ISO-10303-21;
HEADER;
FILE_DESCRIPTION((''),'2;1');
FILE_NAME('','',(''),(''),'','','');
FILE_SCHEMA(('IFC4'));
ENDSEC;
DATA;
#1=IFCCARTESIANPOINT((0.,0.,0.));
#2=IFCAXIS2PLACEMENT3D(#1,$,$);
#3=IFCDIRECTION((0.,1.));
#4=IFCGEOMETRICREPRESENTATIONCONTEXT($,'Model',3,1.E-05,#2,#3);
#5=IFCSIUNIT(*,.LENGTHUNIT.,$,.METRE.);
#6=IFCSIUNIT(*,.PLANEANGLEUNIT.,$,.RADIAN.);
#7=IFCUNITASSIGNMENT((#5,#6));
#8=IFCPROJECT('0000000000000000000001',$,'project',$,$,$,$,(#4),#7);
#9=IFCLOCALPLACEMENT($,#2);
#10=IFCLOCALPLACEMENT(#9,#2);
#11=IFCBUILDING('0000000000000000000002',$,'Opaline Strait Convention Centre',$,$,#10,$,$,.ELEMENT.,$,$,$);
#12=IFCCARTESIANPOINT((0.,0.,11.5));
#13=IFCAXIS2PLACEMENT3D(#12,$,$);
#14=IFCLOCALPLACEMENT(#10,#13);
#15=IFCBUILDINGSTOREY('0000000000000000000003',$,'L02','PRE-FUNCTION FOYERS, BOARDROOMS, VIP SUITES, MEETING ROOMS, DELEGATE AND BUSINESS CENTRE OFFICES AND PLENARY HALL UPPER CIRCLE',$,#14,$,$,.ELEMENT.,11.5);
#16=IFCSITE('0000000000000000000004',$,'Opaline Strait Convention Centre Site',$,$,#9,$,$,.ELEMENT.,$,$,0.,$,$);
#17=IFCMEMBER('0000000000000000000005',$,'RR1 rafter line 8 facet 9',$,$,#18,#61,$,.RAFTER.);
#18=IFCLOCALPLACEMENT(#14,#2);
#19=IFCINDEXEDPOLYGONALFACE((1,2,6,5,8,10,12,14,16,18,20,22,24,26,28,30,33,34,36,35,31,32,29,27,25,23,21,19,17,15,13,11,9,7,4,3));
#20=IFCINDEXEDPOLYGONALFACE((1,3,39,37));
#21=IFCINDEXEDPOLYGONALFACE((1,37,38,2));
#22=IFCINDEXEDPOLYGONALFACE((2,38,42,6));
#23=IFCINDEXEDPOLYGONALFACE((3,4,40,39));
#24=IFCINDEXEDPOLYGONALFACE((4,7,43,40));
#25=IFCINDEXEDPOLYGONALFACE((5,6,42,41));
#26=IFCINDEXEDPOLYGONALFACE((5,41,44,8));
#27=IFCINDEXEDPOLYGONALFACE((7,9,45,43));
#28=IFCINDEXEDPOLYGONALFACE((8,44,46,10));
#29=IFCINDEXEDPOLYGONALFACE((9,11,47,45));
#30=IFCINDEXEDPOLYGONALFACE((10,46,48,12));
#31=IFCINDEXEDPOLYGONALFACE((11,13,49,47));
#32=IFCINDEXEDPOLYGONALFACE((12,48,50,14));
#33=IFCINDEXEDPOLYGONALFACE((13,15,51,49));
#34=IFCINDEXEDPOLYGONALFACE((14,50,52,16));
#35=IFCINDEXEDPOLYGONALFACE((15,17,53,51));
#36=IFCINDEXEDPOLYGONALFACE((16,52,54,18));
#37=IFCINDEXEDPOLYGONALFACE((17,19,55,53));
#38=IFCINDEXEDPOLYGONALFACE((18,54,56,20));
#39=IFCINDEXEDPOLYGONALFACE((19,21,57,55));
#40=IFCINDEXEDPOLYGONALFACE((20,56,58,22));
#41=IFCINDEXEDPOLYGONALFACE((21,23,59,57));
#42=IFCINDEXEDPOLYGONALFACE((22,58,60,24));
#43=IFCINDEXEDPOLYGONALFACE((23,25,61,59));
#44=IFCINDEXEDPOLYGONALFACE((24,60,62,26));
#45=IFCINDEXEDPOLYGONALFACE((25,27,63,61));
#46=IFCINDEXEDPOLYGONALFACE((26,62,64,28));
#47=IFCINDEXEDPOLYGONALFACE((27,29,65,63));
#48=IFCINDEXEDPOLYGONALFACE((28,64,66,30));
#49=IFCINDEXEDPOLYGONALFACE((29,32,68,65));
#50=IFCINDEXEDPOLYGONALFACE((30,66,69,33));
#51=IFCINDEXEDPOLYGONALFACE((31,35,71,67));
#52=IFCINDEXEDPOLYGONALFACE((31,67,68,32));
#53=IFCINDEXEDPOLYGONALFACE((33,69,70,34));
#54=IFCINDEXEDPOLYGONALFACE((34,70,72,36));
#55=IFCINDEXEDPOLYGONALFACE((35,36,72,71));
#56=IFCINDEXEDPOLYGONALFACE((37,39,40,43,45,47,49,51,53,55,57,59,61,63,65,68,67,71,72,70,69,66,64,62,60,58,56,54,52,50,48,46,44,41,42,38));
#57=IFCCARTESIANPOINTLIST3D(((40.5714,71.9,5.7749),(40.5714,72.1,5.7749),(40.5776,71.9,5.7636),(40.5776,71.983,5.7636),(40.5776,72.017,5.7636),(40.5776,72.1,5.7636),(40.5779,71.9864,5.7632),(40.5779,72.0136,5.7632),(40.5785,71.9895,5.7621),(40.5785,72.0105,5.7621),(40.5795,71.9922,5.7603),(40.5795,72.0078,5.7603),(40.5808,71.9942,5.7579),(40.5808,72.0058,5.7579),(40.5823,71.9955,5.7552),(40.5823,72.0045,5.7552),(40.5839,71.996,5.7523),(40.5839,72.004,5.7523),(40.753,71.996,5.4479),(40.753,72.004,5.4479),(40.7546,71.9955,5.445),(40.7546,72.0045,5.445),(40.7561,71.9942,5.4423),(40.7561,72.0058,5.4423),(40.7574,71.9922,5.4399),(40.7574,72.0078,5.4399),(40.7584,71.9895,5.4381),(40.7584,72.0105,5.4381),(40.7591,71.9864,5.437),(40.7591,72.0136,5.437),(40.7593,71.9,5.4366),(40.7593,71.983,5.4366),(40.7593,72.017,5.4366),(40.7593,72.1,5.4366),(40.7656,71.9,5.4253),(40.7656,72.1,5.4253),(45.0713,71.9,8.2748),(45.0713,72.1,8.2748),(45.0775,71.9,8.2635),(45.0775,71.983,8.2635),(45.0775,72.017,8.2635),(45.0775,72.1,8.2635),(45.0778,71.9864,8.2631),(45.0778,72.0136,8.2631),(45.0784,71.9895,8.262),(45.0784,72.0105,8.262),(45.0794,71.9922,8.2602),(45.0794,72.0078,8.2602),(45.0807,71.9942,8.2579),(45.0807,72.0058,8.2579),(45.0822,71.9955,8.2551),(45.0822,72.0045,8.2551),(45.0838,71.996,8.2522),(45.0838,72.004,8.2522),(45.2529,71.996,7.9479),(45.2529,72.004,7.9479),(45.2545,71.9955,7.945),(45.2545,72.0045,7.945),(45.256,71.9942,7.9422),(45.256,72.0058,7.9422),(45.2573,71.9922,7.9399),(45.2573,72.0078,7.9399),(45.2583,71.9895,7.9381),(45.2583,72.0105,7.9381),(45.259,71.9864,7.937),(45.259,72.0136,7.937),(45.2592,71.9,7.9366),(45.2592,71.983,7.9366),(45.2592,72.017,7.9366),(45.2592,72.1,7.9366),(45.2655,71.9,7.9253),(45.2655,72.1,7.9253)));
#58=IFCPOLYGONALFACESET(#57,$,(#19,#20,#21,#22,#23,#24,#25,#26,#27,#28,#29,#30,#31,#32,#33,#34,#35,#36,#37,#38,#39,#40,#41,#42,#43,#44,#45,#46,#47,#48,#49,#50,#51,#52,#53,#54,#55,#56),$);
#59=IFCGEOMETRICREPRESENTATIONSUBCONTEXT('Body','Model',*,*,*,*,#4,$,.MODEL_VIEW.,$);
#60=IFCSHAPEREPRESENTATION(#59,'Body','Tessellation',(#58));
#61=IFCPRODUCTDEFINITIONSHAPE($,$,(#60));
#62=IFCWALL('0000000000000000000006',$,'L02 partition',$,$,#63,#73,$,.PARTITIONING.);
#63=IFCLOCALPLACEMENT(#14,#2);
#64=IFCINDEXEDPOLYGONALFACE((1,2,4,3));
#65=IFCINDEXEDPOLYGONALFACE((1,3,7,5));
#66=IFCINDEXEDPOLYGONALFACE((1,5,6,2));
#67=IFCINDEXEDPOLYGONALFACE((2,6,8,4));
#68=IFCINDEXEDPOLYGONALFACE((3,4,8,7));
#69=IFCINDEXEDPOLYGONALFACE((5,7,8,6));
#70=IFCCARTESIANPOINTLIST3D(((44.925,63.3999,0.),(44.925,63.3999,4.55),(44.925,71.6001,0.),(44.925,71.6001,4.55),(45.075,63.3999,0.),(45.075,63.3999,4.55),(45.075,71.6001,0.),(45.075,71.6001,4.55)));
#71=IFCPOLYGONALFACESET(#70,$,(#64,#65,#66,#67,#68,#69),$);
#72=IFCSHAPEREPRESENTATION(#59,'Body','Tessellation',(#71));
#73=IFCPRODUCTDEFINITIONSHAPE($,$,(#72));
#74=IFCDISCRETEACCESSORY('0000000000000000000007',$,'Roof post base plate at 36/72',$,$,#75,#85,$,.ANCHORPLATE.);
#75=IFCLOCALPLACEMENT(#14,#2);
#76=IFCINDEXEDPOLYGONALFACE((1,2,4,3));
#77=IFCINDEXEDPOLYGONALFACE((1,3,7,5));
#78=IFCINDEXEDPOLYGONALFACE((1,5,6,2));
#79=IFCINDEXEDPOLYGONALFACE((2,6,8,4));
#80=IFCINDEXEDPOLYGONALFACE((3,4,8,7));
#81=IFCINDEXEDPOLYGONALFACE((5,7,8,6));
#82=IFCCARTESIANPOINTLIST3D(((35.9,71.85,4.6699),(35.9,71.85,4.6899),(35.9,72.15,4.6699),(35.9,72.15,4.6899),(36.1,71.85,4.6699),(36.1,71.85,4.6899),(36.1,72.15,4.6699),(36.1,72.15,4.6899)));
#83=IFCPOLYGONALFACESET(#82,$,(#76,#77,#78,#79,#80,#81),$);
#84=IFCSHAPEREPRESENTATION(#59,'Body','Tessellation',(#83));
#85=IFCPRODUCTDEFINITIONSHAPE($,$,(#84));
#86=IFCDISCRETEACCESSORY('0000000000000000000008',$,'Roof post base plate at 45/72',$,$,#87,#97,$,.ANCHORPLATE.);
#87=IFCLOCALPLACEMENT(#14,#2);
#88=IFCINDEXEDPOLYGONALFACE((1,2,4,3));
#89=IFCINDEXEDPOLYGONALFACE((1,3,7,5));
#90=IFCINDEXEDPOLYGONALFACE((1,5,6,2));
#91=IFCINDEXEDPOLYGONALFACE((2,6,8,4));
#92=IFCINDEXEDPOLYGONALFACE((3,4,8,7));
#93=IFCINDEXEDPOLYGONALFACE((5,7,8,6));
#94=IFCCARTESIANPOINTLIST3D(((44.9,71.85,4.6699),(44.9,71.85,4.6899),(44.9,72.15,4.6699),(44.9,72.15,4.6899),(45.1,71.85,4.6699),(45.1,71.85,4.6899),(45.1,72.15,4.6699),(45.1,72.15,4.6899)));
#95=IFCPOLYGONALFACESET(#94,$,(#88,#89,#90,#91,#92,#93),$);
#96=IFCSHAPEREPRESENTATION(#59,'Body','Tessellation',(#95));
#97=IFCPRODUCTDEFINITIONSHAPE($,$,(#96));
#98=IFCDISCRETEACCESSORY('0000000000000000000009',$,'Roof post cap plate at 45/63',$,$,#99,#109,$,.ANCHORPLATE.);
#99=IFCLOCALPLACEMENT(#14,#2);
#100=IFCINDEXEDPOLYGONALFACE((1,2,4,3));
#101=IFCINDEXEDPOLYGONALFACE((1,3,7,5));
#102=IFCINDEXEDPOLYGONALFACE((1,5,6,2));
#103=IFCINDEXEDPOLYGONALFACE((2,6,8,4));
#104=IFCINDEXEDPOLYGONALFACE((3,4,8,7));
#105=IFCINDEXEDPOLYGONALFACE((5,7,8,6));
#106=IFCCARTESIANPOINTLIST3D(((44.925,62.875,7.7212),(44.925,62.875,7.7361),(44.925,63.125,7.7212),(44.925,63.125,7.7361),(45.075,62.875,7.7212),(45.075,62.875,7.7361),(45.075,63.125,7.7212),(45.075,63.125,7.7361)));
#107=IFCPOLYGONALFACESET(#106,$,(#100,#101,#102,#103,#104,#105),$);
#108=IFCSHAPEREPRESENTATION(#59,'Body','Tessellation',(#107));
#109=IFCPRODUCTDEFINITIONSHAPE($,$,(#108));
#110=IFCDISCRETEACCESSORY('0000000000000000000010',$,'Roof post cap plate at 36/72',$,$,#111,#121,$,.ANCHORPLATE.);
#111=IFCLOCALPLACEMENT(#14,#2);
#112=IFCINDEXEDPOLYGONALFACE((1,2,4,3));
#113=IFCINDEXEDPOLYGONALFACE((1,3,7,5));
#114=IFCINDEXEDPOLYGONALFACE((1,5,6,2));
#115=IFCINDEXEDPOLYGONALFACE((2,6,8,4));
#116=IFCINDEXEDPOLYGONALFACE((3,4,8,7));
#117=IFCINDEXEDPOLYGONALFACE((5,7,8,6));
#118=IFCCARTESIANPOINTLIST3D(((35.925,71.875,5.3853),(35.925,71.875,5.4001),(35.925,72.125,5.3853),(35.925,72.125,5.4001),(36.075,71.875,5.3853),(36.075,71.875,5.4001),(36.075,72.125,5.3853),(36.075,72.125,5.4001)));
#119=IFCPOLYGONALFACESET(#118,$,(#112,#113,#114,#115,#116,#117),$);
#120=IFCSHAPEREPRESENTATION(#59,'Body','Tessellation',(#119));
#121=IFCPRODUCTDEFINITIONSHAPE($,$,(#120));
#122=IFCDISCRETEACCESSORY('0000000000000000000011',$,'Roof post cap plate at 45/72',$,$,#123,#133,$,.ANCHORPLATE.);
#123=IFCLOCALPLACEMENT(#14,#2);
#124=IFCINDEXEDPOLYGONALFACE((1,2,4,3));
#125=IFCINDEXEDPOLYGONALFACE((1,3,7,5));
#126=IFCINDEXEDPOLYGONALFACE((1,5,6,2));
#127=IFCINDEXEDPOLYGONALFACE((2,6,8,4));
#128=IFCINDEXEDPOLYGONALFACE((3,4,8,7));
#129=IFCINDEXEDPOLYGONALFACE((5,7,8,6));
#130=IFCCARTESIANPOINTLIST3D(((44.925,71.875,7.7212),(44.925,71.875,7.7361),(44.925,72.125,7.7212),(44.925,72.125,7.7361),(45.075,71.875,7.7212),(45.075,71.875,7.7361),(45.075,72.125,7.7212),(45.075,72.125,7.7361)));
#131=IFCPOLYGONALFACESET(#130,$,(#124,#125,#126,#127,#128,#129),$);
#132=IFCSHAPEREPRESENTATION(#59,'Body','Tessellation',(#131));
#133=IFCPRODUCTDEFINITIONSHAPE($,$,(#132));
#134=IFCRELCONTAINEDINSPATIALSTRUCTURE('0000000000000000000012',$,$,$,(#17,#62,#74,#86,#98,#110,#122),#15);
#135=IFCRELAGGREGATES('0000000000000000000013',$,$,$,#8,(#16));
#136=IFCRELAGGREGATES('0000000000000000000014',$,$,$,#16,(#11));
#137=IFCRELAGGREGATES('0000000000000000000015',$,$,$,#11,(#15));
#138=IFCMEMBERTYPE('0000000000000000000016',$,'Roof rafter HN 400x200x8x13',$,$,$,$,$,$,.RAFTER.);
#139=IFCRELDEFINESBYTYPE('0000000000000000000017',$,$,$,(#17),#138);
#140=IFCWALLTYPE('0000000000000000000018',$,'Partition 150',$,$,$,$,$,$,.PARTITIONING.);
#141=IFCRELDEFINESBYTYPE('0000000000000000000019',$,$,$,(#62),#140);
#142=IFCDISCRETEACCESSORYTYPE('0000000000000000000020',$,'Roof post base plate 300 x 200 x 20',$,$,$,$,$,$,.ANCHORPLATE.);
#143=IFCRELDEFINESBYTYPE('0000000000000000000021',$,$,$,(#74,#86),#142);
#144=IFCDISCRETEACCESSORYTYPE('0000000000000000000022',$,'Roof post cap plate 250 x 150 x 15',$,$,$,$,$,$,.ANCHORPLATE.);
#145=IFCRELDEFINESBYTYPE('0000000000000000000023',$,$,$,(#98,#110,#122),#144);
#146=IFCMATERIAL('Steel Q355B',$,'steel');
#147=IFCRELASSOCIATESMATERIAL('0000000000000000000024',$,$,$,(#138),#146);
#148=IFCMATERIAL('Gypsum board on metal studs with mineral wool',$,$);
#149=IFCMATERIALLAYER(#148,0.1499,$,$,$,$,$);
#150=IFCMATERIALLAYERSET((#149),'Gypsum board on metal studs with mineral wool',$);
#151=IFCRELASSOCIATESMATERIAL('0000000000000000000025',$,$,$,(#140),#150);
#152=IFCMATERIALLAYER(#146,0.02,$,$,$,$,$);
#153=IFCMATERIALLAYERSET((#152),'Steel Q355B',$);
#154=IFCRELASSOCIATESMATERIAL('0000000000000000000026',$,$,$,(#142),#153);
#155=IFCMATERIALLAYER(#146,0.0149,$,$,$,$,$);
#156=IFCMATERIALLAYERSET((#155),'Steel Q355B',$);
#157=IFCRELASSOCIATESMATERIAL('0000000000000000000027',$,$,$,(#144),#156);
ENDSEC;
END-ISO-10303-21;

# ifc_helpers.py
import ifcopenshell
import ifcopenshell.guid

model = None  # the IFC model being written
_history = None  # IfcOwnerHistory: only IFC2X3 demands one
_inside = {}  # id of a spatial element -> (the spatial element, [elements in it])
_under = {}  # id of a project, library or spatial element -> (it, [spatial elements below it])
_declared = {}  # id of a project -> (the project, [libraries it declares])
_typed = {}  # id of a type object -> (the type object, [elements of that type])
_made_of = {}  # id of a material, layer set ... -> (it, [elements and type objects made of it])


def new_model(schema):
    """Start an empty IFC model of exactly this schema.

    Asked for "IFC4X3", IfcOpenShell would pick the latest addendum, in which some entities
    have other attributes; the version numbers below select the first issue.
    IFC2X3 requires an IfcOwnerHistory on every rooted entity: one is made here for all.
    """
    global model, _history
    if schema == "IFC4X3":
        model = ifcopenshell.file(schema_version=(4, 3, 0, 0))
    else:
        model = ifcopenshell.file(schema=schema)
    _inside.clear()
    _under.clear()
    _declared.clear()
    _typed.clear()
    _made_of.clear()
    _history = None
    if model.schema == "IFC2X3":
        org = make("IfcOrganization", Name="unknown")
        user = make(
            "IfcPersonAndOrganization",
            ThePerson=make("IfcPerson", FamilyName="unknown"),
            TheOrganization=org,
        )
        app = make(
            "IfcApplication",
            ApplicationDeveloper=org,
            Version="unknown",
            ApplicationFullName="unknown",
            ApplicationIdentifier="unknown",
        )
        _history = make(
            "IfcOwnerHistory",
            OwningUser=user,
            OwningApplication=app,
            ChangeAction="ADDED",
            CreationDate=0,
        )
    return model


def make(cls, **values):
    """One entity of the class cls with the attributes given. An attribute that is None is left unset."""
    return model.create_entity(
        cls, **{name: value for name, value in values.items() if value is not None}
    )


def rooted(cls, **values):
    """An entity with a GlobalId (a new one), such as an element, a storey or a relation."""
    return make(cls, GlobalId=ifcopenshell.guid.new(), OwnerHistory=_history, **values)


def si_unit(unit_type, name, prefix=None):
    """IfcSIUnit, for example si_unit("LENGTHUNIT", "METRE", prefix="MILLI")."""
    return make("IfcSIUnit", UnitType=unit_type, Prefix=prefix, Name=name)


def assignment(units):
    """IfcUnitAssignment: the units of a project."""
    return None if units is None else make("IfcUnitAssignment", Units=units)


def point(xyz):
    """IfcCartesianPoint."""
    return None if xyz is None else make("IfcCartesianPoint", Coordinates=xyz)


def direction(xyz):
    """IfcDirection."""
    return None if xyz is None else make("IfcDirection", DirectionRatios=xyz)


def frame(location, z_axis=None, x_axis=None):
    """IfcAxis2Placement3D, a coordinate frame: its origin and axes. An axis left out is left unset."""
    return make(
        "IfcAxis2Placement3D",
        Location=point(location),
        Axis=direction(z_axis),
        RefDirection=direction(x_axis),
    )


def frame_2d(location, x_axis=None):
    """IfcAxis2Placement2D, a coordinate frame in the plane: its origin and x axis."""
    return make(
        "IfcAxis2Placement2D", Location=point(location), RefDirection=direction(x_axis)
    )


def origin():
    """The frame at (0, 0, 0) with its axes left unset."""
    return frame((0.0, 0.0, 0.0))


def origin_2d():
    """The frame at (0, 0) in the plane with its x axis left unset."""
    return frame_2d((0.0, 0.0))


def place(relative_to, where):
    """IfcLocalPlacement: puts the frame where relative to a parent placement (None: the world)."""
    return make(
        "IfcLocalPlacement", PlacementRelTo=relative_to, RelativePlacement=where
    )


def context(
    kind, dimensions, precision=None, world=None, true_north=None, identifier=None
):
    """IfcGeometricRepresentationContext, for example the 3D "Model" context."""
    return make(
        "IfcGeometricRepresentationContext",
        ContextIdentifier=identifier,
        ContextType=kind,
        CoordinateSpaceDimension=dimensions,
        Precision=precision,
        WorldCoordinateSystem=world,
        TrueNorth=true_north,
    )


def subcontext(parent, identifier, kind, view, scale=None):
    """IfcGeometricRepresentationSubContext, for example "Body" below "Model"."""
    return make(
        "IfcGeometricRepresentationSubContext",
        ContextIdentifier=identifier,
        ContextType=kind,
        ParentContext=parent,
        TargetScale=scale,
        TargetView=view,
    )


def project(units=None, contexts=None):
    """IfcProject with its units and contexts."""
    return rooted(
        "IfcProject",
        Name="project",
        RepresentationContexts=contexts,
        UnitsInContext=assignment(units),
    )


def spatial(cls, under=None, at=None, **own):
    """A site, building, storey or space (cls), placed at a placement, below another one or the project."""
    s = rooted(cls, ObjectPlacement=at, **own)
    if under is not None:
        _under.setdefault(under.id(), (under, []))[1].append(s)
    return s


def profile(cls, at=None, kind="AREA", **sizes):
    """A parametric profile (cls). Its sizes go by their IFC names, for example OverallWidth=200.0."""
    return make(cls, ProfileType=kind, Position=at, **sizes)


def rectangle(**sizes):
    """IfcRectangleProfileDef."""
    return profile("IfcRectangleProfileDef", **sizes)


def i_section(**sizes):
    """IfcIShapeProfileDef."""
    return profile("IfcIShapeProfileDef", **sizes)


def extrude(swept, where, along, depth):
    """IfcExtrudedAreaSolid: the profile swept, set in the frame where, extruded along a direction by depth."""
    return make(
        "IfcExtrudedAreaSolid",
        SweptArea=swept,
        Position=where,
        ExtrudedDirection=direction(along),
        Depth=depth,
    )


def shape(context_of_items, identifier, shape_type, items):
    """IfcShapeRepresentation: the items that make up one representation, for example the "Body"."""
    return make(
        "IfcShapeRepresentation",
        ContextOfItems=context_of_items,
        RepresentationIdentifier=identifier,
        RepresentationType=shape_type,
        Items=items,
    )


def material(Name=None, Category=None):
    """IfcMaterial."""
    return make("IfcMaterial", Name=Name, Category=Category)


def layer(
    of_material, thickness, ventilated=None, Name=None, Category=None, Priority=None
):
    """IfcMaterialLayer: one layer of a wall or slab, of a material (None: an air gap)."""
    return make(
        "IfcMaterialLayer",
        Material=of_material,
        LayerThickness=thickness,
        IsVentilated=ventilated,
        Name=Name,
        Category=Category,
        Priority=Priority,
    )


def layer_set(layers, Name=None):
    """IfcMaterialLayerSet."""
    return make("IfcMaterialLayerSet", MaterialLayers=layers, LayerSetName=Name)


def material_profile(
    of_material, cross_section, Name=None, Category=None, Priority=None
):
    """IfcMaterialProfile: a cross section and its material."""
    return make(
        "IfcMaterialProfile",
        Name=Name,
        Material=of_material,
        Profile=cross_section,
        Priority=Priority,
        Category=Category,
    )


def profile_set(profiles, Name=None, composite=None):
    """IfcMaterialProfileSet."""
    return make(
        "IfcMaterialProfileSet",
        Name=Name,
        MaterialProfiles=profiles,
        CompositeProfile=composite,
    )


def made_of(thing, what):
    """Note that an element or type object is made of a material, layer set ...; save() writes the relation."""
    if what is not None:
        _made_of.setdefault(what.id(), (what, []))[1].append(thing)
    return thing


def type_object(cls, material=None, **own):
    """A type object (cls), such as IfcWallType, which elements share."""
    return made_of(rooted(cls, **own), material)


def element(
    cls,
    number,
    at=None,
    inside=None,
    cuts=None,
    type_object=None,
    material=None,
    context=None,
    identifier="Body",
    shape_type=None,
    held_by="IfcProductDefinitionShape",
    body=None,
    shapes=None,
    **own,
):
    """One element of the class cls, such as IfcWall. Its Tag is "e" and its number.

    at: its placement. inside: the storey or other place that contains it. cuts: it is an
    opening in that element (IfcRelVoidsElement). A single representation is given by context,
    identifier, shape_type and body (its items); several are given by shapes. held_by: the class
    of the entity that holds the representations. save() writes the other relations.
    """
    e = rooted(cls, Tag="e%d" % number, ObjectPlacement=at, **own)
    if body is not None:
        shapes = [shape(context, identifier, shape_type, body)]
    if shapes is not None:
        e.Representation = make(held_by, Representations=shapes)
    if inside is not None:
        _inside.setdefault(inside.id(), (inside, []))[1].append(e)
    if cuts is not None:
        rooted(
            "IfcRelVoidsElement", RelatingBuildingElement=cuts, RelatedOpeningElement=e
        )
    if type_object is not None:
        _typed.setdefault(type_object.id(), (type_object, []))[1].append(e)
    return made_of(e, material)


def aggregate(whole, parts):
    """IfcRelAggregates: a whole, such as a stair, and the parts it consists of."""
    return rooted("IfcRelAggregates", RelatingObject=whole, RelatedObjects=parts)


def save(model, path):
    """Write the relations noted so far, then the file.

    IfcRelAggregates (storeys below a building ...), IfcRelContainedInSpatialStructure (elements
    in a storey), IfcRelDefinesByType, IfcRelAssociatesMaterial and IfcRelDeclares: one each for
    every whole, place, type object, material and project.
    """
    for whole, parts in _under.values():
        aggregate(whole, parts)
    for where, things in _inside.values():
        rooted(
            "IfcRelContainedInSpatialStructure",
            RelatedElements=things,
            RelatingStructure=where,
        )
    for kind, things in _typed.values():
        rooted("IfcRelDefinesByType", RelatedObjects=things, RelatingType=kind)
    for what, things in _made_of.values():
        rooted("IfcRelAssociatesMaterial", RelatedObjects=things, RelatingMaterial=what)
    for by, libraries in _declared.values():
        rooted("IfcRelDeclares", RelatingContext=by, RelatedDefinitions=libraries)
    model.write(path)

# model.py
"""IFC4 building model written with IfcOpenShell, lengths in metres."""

from ifc_helpers import new_model, si_unit, direction, frame, frame_2d, origin, origin_2d, place, context, subcontext, project, spatial, rectangle, i_section, extrude, material, layer, layer_set, material_profile, profile_set, type_object, element, save


model = new_model("IFC4")

# Units and contexts
model_context = context("Model", 3, precision=1e-05, world=origin(), true_north=direction((0.0, 1.0)))
body_context = subcontext(model_context, "Body", "Model", "MODEL_VIEW")
ifc_project = project(units=[si_unit("LENGTHUNIT", "METRE"), si_unit("PLANEANGLEUNIT", "RADIAN")], contexts=[model_context])

# Site, building, storey
site_placement = place(None, origin())
site = spatial("IfcSite", under=ifc_project, at=site_placement, Name="Opaline Strait Convention Centre Site", CompositionType="ELEMENT", RefElevation=0.0)
building_placement = place(site_placement, origin())
building = spatial("IfcBuilding", under=site, at=building_placement, Name="Opaline Strait Convention Centre", CompositionType="ELEMENT")
storey_placement = place(building_placement, frame((0.0, 0.0, 11.5)))
storey = spatial("IfcBuildingStorey", under=building, at=storey_placement, Name="L02", Description="PRE-FUNCTION FOYERS, BOARDROOMS, VIP SUITES, MEETING ROOMS, DELEGATE AND BUSINESS CENTRE OFFICES AND PLENARY HALL UPPER CIRCLE", CompositionType="ELEMENT", Elevation=11.5)

# Shared definitions
ifc_material_1 = material(Name="Steel Q355B", Category="steel")

# Member
ifc_material_profile_1 = material_profile(ifc_material_1, i_section(OverallWidth=0.2, OverallDepth=0.3999, WebThickness=0.0081, FlangeThickness=0.0129, FilletRadius=0.0129, at=origin_2d()), Name="HN 400x200x8x13")
ifc_profile_set_1 = profile_set([ifc_material_profile_1], Name="Steel Q355B")
member_type_1 = type_object("IfcMemberType", Name="Roof rafter HN 400x200x8x13", PredefinedType="RAFTER", material=ifc_profile_set_1)
member_1_placement = place(storey_placement, frame((40.6685, 72.0, 5.6001), z_axis=(0.874157, 0.0, 0.485643), x_axis=(0.0, 1.0, 0.0)))
element("IfcMember", 1, at=member_1_placement, inside=storey, type_object=member_type_1, Name="RR1 rafter line 8 facet 9", PredefinedType="RAFTER", context=body_context, shape_type="SweptSolid", body=[
    extrude(i_section(OverallWidth=0.2, OverallDepth=0.3999, WebThickness=0.0081, FlangeThickness=0.0129, FilletRadius=0.0129, at=origin_2d()), origin(), (0.0, 0.0, 1.0), 5.1477),
])

# Wall
ifc_material_2 = material(Name="Gypsum board on metal studs with mineral wool")
ifc_layer_1 = layer(ifc_material_2, 0.1499)
ifc_layer_set_1 = layer_set([ifc_layer_1], Name="Gypsum board on metal studs with mineral wool")
wall_type = type_object("IfcWallType", Name="Partition 150", PredefinedType="PARTITIONING", material=ifc_layer_set_1)
wall_placement = place(storey_placement, frame((45.0, 63.3999, 0.0), z_axis=(0.0, 0.0, 1.0), x_axis=(0.0, 1.0, 0.0)))
element("IfcWall", 2, at=wall_placement, inside=storey, type_object=wall_type, Name="L02 partition", PredefinedType="PARTITIONING", context=body_context, shape_type="SweptSolid", body=[
    extrude(rectangle(XDim=8.2002, YDim=0.1499, at=frame_2d((4.1001, 0.0))), origin(), (0.0, 0.0, 1.0), 4.55),
])

# Discrete accessories
ifc_layer_2 = layer(ifc_material_1, 0.02)
ifc_layer_set_2 = layer_set([ifc_layer_2], Name="Steel Q355B")
discrete_accessory_type_1 = type_object("IfcDiscreteAccessoryType", Name="Roof post base plate 300 x 200 x 20", PredefinedType="ANCHORPLATE", material=ifc_layer_set_2)
for number, where, z_axis, x_axis, name in (
    (3, (36.0, 72.0, 4.6699), (0.0, 0.0, 1.0), (1.0, 0.0, 0.0), "Roof post base plate at 36/72"),
    (4, (45.0, 72.0, 4.6699), (0.0, 0.0, 1.0), (1.0, 0.0, 0.0), "Roof post base plate at 45/72"),
):
    element("IfcDiscreteAccessory", number, at=place(storey_placement, frame(where, z_axis=z_axis, x_axis=x_axis)), inside=storey, type_object=discrete_accessory_type_1, Name=name, PredefinedType="ANCHORPLATE", context=body_context, shape_type="SweptSolid", body=[
        extrude(rectangle(XDim=0.2, YDim=0.3, at=origin_2d()), origin(), (0.0, 0.0, 1.0), 0.02),
    ])
ifc_layer_3 = layer(ifc_material_1, 0.0149)
ifc_layer_set_3 = layer_set([ifc_layer_3], Name="Steel Q355B")
discrete_accessory_type_2 = type_object("IfcDiscreteAccessoryType", Name="Roof post cap plate 250 x 150 x 15", PredefinedType="ANCHORPLATE", material=ifc_layer_set_3)
for number, where, z_axis, x_axis, name in (
    (5, (45.0, 63.0, 7.7212), (0.0, 0.0, 1.0), (1.0, 0.0, 0.0), "Roof post cap plate at 45/63"),
    (6, (36.0, 72.0, 5.3853), (0.0, 0.0, 1.0), (1.0, 0.0, 0.0), "Roof post cap plate at 36/72"),
    (7, (45.0, 72.0, 7.7212), (0.0, 0.0, 1.0), (1.0, 0.0, 0.0), "Roof post cap plate at 45/72"),
):
    element("IfcDiscreteAccessory", number, at=place(storey_placement, frame(where, z_axis=z_axis, x_axis=x_axis)), inside=storey, type_object=discrete_accessory_type_2, Name=name, PredefinedType="ANCHORPLATE", context=body_context, shape_type="SweptSolid", body=[
        extrude(rectangle(XDim=0.1499, YDim=0.25, at=origin_2d()), origin(), (0.0, 0.0, 1.0), 0.0149),
    ])

save(model, "model.ifc")
